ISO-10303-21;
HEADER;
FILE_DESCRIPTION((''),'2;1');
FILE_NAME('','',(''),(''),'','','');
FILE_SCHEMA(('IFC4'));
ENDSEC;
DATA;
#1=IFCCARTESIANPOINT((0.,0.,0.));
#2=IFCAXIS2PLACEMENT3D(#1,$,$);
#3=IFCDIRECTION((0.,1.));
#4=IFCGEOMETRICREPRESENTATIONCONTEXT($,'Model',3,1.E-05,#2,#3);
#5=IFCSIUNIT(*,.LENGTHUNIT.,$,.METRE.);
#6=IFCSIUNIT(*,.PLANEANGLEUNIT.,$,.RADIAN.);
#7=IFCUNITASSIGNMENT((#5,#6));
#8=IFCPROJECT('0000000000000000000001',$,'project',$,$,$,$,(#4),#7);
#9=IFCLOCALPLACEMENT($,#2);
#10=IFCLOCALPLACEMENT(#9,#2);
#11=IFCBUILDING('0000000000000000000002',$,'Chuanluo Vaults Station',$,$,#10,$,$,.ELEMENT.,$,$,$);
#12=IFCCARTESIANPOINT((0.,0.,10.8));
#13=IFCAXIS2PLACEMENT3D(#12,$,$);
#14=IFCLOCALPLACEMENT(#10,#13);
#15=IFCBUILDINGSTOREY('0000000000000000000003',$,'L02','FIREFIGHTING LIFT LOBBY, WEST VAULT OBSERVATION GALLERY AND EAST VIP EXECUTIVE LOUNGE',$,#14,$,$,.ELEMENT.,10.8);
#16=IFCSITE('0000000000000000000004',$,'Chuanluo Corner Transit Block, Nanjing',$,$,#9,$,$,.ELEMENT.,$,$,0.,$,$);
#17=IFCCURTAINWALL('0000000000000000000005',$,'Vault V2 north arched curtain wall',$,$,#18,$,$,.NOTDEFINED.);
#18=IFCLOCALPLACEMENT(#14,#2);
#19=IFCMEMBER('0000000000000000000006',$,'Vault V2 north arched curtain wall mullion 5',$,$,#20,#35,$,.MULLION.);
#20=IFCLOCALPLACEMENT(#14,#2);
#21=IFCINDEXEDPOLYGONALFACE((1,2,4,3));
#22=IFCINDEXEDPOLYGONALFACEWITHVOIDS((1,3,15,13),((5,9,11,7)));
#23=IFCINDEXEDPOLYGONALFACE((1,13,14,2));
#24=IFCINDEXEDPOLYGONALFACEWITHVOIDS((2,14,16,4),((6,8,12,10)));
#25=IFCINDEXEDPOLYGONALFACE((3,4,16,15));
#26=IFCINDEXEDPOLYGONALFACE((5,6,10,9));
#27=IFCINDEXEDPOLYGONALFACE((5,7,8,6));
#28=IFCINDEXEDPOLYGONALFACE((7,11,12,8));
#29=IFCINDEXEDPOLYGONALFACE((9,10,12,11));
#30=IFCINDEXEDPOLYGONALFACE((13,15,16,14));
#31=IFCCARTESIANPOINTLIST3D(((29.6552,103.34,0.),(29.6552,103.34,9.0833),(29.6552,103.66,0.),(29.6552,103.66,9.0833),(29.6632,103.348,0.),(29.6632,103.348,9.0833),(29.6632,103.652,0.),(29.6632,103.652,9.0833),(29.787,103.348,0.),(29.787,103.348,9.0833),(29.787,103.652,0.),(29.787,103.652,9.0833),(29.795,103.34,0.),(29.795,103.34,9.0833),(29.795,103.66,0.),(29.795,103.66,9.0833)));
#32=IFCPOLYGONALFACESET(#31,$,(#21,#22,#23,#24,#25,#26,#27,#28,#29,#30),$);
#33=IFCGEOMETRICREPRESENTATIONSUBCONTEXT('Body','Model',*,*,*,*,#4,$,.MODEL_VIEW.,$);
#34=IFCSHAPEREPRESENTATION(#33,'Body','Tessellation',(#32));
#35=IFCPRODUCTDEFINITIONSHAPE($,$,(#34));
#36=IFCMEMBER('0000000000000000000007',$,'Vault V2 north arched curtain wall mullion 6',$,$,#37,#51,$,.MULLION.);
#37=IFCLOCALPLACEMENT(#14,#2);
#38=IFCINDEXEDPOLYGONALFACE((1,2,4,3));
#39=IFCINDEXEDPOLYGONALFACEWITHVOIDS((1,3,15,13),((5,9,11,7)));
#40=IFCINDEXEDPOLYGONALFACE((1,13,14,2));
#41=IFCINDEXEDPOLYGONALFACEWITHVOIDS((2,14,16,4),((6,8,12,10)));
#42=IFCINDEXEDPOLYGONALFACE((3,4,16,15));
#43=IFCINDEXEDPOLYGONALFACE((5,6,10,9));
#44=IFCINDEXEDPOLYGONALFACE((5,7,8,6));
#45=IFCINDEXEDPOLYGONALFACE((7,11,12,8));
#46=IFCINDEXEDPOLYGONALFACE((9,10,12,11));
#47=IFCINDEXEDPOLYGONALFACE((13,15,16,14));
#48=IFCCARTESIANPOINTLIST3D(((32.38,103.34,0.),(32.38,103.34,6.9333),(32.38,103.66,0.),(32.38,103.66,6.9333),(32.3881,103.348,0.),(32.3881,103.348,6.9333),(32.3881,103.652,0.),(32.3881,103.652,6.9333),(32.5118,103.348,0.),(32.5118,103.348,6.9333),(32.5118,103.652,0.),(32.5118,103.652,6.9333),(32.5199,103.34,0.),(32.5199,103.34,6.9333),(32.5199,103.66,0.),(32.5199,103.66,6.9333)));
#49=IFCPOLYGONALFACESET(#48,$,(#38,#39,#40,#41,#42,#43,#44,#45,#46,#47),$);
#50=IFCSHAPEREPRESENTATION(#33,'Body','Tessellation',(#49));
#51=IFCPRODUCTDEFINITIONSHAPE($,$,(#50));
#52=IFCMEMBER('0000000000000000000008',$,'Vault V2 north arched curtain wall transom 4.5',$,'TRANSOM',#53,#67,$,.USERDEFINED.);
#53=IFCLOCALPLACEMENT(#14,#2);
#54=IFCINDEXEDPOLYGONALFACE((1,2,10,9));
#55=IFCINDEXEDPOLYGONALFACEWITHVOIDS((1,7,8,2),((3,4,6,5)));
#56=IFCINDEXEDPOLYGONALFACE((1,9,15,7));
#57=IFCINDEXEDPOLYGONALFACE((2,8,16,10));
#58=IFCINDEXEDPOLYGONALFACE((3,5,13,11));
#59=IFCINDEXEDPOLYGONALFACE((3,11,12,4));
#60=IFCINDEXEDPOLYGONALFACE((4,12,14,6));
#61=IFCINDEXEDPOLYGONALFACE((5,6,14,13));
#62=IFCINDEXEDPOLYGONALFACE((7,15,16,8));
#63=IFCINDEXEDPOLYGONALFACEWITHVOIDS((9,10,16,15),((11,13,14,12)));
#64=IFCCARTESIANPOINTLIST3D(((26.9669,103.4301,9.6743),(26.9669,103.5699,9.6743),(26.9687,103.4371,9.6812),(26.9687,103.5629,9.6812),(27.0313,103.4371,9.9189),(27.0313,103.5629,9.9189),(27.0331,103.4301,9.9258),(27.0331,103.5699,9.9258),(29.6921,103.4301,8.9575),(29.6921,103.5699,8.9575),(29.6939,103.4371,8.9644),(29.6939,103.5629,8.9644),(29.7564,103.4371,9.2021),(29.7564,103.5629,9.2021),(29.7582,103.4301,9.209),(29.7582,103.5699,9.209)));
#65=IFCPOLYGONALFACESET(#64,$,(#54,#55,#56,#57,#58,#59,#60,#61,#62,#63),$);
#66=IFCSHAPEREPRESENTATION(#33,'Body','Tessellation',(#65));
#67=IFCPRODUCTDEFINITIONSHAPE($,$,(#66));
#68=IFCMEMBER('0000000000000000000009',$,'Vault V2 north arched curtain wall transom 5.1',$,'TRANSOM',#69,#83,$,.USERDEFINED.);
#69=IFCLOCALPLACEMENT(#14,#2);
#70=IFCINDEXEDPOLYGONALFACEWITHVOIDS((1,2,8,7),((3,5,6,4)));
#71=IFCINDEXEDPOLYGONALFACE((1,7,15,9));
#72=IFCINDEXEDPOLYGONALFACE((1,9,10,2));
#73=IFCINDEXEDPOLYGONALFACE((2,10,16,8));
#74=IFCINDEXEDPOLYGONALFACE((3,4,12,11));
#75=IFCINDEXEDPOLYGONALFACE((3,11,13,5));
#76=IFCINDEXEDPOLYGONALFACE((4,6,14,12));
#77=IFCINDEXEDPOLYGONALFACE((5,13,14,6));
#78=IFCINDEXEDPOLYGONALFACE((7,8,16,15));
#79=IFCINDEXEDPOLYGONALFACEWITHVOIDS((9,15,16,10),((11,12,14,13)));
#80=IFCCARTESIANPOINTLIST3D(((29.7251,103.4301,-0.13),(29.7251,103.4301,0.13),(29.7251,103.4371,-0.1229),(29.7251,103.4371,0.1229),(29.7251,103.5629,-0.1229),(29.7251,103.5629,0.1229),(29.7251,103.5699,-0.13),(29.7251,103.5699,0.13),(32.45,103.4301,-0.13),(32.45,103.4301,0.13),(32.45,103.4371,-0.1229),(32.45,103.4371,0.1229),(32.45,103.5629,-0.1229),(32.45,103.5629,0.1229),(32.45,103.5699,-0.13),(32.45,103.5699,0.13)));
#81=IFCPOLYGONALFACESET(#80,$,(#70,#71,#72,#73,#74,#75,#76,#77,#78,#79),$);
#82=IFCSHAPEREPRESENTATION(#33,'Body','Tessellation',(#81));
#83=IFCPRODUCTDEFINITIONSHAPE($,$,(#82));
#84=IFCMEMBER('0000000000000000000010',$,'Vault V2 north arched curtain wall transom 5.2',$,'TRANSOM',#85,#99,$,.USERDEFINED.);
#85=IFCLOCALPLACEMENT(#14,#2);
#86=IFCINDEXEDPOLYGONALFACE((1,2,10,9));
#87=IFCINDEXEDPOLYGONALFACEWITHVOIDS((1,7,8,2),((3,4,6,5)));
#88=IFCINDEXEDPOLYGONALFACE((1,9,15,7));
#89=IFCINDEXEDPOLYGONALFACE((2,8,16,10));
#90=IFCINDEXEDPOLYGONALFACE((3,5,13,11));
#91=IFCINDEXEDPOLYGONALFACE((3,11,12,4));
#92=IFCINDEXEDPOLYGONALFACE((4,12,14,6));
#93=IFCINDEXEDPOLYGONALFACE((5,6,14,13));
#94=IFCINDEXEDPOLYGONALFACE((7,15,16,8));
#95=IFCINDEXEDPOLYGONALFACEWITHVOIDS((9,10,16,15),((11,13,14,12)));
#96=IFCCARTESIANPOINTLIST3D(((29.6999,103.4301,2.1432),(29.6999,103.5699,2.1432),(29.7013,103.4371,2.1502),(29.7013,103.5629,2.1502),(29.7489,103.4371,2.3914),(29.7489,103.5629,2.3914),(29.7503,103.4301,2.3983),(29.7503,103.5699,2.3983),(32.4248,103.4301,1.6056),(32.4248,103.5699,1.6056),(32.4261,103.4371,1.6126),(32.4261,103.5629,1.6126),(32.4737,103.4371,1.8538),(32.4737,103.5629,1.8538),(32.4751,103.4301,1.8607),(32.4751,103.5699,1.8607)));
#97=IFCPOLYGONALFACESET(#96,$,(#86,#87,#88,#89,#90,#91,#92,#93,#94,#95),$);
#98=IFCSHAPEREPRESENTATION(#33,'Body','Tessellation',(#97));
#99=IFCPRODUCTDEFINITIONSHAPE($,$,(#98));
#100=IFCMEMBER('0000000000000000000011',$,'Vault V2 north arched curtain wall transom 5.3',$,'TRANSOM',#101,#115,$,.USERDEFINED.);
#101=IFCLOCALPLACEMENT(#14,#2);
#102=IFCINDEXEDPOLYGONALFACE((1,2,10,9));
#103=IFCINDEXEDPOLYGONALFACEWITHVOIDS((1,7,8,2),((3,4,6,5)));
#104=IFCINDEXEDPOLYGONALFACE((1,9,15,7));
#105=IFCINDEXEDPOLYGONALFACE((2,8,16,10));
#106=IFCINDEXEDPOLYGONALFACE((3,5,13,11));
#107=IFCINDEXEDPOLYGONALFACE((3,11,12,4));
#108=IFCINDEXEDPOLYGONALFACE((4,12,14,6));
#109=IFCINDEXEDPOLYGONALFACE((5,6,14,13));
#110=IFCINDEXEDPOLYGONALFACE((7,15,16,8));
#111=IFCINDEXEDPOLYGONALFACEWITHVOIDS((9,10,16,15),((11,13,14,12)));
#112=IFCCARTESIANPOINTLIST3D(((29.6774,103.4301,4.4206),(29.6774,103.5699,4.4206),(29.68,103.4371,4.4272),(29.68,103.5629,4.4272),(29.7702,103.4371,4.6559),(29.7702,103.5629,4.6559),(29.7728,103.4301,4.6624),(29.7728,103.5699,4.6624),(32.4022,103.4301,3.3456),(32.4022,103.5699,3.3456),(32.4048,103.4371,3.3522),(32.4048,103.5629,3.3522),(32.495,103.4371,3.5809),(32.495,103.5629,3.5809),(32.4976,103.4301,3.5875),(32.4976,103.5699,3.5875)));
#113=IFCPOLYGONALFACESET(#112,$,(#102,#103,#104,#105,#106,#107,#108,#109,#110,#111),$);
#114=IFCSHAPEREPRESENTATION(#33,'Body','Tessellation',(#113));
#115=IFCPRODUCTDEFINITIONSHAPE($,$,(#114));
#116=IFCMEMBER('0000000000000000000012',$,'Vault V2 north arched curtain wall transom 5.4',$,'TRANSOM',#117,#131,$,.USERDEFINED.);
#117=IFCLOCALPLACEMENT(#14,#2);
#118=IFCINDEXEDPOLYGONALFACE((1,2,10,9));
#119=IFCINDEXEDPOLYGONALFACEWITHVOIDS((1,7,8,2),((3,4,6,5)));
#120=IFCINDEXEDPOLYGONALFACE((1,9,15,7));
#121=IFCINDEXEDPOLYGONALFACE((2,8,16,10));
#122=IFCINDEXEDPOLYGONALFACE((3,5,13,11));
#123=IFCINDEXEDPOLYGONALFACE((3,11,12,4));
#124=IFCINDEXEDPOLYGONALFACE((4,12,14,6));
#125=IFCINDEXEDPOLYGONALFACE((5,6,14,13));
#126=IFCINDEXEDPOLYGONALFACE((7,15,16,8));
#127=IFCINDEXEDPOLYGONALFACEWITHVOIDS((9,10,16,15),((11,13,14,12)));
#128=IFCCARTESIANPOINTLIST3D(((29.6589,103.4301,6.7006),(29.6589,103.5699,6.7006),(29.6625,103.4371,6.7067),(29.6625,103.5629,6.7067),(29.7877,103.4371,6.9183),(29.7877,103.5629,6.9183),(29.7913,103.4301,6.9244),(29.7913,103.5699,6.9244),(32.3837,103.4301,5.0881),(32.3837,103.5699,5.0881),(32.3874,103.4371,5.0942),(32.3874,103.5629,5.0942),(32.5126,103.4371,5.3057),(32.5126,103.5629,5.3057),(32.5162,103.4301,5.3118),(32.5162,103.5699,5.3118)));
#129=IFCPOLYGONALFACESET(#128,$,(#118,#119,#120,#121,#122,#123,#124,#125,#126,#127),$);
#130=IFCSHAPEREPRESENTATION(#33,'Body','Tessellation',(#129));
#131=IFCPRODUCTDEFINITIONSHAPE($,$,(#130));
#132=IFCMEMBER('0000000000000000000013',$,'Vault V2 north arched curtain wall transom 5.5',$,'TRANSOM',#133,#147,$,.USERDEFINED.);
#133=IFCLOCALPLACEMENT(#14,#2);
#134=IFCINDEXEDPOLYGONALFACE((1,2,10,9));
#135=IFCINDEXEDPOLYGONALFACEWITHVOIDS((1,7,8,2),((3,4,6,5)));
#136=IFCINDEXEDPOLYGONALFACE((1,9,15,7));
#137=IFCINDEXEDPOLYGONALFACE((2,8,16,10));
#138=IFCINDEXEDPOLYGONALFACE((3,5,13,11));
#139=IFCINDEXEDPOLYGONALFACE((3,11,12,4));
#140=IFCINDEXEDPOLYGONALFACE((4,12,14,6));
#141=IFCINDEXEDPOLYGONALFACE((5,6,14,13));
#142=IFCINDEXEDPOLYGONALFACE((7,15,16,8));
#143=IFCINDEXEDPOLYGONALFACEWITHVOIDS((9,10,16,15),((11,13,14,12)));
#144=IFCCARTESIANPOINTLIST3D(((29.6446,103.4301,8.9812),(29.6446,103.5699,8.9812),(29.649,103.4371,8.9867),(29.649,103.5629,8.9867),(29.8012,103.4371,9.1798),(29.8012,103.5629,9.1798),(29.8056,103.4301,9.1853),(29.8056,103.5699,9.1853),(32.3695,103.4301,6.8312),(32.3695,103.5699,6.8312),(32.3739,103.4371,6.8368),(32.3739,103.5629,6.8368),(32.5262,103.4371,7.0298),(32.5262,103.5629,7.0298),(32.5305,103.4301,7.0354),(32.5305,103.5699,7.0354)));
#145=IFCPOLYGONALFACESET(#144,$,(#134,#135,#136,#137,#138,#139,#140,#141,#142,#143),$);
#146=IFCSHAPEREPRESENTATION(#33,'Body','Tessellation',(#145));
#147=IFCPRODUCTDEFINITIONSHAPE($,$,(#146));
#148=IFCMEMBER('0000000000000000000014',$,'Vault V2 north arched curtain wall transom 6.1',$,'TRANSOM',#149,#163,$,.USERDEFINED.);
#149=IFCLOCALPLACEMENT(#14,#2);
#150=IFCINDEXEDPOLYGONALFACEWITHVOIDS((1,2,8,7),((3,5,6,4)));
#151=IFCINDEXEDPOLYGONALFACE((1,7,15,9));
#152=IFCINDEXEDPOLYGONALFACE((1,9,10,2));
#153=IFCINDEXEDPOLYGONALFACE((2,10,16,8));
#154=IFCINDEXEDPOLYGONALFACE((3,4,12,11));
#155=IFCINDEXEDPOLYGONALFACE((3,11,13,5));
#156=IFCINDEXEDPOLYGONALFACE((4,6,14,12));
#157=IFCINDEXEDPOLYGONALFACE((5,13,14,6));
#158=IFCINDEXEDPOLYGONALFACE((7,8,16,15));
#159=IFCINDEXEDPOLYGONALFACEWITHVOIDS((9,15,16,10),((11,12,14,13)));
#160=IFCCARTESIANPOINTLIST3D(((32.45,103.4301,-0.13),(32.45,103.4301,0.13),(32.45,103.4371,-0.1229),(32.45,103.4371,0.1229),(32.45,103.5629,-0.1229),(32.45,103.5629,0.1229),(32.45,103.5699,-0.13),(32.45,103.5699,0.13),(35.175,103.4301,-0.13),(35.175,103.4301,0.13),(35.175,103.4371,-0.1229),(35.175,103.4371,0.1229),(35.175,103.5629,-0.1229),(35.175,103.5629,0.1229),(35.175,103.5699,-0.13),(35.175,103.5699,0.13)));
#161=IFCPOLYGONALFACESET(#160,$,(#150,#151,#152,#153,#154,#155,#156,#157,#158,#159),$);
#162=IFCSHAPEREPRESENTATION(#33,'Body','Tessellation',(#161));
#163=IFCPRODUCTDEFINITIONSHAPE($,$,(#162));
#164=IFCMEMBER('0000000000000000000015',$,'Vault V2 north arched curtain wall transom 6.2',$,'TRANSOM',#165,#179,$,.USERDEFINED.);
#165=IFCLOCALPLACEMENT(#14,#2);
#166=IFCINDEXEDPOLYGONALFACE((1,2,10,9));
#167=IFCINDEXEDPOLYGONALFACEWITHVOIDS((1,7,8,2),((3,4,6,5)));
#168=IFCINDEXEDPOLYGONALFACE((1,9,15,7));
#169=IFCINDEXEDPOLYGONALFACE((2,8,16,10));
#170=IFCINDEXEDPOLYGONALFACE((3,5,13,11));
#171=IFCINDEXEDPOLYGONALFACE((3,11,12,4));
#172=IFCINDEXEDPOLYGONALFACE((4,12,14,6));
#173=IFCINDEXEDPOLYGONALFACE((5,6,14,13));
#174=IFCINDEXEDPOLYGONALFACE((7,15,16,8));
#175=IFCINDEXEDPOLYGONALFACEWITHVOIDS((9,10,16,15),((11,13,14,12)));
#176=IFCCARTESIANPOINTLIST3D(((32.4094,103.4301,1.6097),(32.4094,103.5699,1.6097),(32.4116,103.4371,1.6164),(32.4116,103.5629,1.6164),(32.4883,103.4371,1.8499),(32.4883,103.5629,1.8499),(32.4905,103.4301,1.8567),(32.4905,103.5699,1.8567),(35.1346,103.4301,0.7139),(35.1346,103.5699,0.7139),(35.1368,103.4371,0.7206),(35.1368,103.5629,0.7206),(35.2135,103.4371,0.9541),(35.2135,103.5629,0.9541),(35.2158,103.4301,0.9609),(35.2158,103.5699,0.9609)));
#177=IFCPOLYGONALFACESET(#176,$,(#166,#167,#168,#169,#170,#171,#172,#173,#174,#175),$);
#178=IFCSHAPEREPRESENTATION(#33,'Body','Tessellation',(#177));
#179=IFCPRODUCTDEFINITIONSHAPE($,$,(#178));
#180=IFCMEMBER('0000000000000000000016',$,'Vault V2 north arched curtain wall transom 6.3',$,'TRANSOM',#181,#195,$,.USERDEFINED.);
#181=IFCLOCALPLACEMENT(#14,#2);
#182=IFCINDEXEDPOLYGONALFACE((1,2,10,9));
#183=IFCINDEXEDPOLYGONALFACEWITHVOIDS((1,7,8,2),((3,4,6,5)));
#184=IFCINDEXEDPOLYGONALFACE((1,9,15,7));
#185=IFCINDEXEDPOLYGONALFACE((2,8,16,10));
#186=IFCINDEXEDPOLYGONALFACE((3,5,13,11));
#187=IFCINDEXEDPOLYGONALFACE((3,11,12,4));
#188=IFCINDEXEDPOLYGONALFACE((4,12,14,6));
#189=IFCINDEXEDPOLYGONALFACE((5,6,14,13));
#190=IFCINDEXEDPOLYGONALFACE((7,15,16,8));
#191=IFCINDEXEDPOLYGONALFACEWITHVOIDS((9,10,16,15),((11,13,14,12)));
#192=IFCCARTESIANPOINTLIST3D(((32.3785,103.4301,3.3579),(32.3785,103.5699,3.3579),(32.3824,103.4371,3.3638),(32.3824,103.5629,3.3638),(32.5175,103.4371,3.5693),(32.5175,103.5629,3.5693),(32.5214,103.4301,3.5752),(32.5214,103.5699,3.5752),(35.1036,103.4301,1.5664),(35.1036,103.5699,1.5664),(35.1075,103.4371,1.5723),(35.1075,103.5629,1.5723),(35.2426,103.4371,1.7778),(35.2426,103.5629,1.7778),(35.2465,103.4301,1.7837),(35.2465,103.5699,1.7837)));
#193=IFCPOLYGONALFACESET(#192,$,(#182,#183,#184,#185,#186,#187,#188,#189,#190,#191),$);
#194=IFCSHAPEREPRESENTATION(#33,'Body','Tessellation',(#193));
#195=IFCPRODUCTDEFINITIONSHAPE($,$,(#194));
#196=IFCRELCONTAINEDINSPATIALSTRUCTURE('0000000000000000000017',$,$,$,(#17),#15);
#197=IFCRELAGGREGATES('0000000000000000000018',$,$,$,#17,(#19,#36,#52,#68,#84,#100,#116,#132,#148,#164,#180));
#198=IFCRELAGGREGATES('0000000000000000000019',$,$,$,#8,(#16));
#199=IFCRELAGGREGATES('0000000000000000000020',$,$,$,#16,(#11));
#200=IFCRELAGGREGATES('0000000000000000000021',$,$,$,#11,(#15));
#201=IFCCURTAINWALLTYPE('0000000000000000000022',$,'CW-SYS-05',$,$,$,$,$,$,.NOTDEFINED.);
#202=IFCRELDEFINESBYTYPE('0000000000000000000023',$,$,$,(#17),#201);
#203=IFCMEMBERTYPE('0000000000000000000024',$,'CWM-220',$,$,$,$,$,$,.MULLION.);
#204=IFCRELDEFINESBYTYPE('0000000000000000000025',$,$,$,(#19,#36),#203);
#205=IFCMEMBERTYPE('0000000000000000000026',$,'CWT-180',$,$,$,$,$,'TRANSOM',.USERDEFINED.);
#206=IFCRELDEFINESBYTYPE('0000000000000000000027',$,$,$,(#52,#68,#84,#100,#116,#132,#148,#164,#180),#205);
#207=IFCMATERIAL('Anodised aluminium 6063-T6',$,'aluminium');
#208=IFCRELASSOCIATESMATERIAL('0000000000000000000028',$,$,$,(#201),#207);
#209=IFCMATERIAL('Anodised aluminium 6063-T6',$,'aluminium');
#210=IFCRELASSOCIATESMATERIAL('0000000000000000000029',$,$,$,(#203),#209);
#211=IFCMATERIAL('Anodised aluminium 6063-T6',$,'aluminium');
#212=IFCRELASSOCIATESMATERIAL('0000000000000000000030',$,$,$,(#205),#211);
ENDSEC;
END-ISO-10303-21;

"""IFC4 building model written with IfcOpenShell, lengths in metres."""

from ifc_helpers import new_model, si_unit, direction, frame, origin, origin_2d, place, context, subcontext, project, spatial, hollow_rectangle, extrude, material, material_profile, profile_set, type_object, element, aggregate, save


model = new_model("IFC4")

# Units and contexts
model_context = context("Model", 3, precision=1e-05, world=origin(), true_north=direction((0.0, 1.0)))
body_context = subcontext(model_context, "Body", "Model", "MODEL_VIEW")
ifc_project = project(units=[si_unit("LENGTHUNIT", "METRE"), si_unit("PLANEANGLEUNIT", "RADIAN")], contexts=[model_context])

# Site, building, storey
site_placement = place(None, origin())
site = spatial("IfcSite", under=ifc_project, at=site_placement, Name="Chuanluo Corner Transit Block, Nanjing", CompositionType="ELEMENT", RefElevation=0.0)
building_placement = place(site_placement, origin())
building = spatial("IfcBuilding", under=site, at=building_placement, Name="Chuanluo Vaults Station", CompositionType="ELEMENT")
storey_placement = place(building_placement, frame((0.0, 0.0, 10.8)))
storey = spatial("IfcBuildingStorey", under=building, at=storey_placement, Name="L02", Description="FIREFIGHTING LIFT LOBBY, WEST VAULT OBSERVATION GALLERY AND EAST VIP EXECUTIVE LOUNGE", CompositionType="ELEMENT", Elevation=10.8)

# Curtain wall, members
ifc_material_1 = material(Name="Anodised aluminium 6063-T6", Category="aluminium")
curtain_wall_type = type_object("IfcCurtainWallType", Name="CW-SYS-05", PredefinedType="NOTDEFINED", material=ifc_material_1)
curtain_wall_placement = place(storey_placement, origin())
curtain_wall = element("IfcCurtainWall", 1, at=curtain_wall_placement, inside=storey, type_object=curtain_wall_type, Name="Vault V2 north arched curtain wall", PredefinedType="NOTDEFINED")
ifc_material_2 = material(Name="Anodised aluminium 6063-T6", Category="aluminium")
ifc_material_profile_1 = material_profile(ifc_material_2, hollow_rectangle(XDim=0.1399, YDim=0.3201, WallThickness=0.0081, at=origin_2d()))
ifc_profile_set_1 = profile_set([ifc_material_profile_1], Name="Anodised aluminium 6063-T6")
member_type_1 = type_object("IfcMemberType", Name="CWM-220", PredefinedType="MULLION", material=ifc_profile_set_1)
member_1_placement = place(storey_placement, frame((29.7251, 103.5, 0.0), z_axis=(0.0, 0.0, 1.0), x_axis=(1.0, 0.0, 0.0)))
member_1 = element("IfcMember", 2, at=member_1_placement, type_object=member_type_1, Name="Vault V2 north arched curtain wall mullion 5", PredefinedType="MULLION", context=body_context, shape_type="SweptSolid", body=[
    extrude(hollow_rectangle(XDim=0.1399, YDim=0.3201, WallThickness=0.0081, at=origin_2d()), origin(), (0.0, 0.0, 1.0), 9.0833),
])
member_2_placement = place(storey_placement, frame((32.45, 103.5, 0.0), z_axis=(0.0, 0.0, 1.0), x_axis=(1.0, 0.0, 0.0)))
member_2 = element("IfcMember", 3, at=member_2_placement, type_object=member_type_1, Name="Vault V2 north arched curtain wall mullion 6", PredefinedType="MULLION", context=body_context, shape_type="SweptSolid", body=[
    extrude(hollow_rectangle(XDim=0.1399, YDim=0.3201, WallThickness=0.0081, at=origin_2d()), origin(), (0.0, 0.0, 1.0), 6.9333),
])
ifc_material_3 = material(Name="Anodised aluminium 6063-T6", Category="aluminium")
ifc_material_profile_2 = material_profile(ifc_material_3, hollow_rectangle(XDim=0.1399, YDim=0.26, WallThickness=0.0071, at=origin_2d()))
ifc_profile_set_2 = profile_set([ifc_material_profile_2], Name="Anodised aluminium 6063-T6")
member_type_2 = type_object("IfcMemberType", Name="CWT-180", ElementType="TRANSOM", PredefinedType="USERDEFINED", material=ifc_profile_set_2)
member_3_placement = place(storey_placement, frame((27.0, 103.5, 9.8), z_axis=(0.967104, 0.0, -0.254382), x_axis=(0.0, 1.0, 0.0)))
member_3 = element("IfcMember", 4, at=member_3_placement, type_object=member_type_2, Name="Vault V2 north arched curtain wall transom 4.5", ObjectType="TRANSOM", PredefinedType="USERDEFINED", context=body_context, shape_type="SweptSolid", body=[
    extrude(hollow_rectangle(XDim=0.1399, YDim=0.26, WallThickness=0.0071, at=origin_2d()), origin(), (0.0, 0.0, 1.0), 2.8179),
])
member_4_placement = place(storey_placement, frame((29.7251, 103.5, 0.0), z_axis=(1.0, 0.0, 0.0), x_axis=(0.0, 1.0, 0.0)))
member_4 = element("IfcMember", 5, at=member_4_placement, type_object=member_type_2, Name="Vault V2 north arched curtain wall transom 5.1", ObjectType="TRANSOM", PredefinedType="USERDEFINED", context=body_context, shape_type="SweptSolid", body=[
    extrude(hollow_rectangle(XDim=0.1399, YDim=0.26, WallThickness=0.0071, at=origin_2d()), origin(), (0.0, 0.0, 1.0), 2.7249),
])
member_5_placement = place(storey_placement, frame((29.7251, 103.5, 2.2708), z_axis=(0.981088, 0.0, -0.193563), x_axis=(0.0, 1.0, 0.0)))
member_5 = element("IfcMember", 6, at=member_5_placement, type_object=member_type_2, Name="Vault V2 north arched curtain wall transom 5.2", ObjectType="TRANSOM", PredefinedType="USERDEFINED", context=body_context, shape_type="SweptSolid", body=[
    extrude(hollow_rectangle(XDim=0.1399, YDim=0.26, WallThickness=0.0071, at=origin_2d()), origin(), (0.0, 0.0, 1.0), 2.7773),
])
member_6_placement = place(storey_placement, frame((29.7251, 103.5, 4.5415), z_axis=(0.930231, 0.0, -0.366975), x_axis=(0.0, 1.0, 0.0)))
member_6 = element("IfcMember", 7, at=member_6_placement, type_object=member_type_2, Name="Vault V2 north arched curtain wall transom 5.3", ObjectType="TRANSOM", PredefinedType="USERDEFINED", context=body_context, shape_type="SweptSolid", body=[
    extrude(hollow_rectangle(XDim=0.1399, YDim=0.26, WallThickness=0.0071, at=origin_2d()), origin(), (0.0, 0.0, 1.0), 2.9292),
])
member_7_placement = place(storey_placement, frame((29.7251, 103.5, 6.8125), z_axis=(0.860593, 0.0, -0.509293), x_axis=(0.0, 1.0, 0.0)))
member_7 = element("IfcMember", 8, at=member_7_placement, type_object=member_type_2, Name="Vault V2 north arched curtain wall transom 5.4", ObjectType="TRANSOM", PredefinedType="USERDEFINED", context=body_context, shape_type="SweptSolid", body=[
    extrude(hollow_rectangle(XDim=0.1399, YDim=0.26, WallThickness=0.0071, at=origin_2d()), origin(), (0.0, 0.0, 1.0), 3.1663),
])
member_8_placement = place(storey_placement, frame((29.7251, 103.5, 9.0833), z_axis=(0.785065, 0.0, -0.619414), x_axis=(0.0, 1.0, 0.0)))
member_8 = element("IfcMember", 9, at=member_8_placement, type_object=member_type_2, Name="Vault V2 north arched curtain wall transom 5.5", ObjectType="TRANSOM", PredefinedType="USERDEFINED", context=body_context, shape_type="SweptSolid", body=[
    extrude(hollow_rectangle(XDim=0.1399, YDim=0.26, WallThickness=0.0071, at=origin_2d()), origin(), (0.0, 0.0, 1.0), 3.4709),
])
member_9_placement = place(storey_placement, frame((32.45, 103.5, 0.0), z_axis=(1.0, 0.0, 0.0), x_axis=(0.0, 1.0, 0.0)))
member_9 = element("IfcMember", 10, at=member_9_placement, type_object=member_type_2, Name="Vault V2 north arched curtain wall transom 6.1", ObjectType="TRANSOM", PredefinedType="USERDEFINED", context=body_context, shape_type="SweptSolid", body=[
    extrude(hollow_rectangle(XDim=0.1399, YDim=0.26, WallThickness=0.0071, at=origin_2d()), origin(), (0.0, 0.0, 1.0), 2.7251),
])
member_10_placement = place(storey_placement, frame((32.45, 103.5, 1.7332), z_axis=(0.949994, 0.0, -0.312267), x_axis=(0.0, 1.0, 0.0)))
member_10 = element("IfcMember", 11, at=member_10_placement, type_object=member_type_2, Name="Vault V2 north arched curtain wall transom 6.2", ObjectType="TRANSOM", PredefinedType="USERDEFINED", context=body_context, shape_type="SweptSolid", body=[
    extrude(hollow_rectangle(XDim=0.1399, YDim=0.26, WallThickness=0.0071, at=origin_2d()), origin(), (0.0, 0.0, 1.0), 2.8687),
])
member_11_placement = place(storey_placement, frame((32.45, 103.5, 3.4666), z_axis=(0.835603, 0.0, -0.549333), x_axis=(0.0, 1.0, 0.0)))
member_11 = element("IfcMember", 12, at=member_11_placement, type_object=member_type_2, Name="Vault V2 north arched curtain wall transom 6.3", ObjectType="TRANSOM", PredefinedType="USERDEFINED", context=body_context, shape_type="SweptSolid", body=[
    extrude(hollow_rectangle(XDim=0.1399, YDim=0.26, WallThickness=0.0071, at=origin_2d()), origin(), (0.0, 0.0, 1.0), 3.2612),
])
aggregate(curtain_wall, [member_1, member_2, member_3, member_4, member_5, member_6, member_7, member_8, member_9, member_10, member_11])

save(model, "model.ifc")
